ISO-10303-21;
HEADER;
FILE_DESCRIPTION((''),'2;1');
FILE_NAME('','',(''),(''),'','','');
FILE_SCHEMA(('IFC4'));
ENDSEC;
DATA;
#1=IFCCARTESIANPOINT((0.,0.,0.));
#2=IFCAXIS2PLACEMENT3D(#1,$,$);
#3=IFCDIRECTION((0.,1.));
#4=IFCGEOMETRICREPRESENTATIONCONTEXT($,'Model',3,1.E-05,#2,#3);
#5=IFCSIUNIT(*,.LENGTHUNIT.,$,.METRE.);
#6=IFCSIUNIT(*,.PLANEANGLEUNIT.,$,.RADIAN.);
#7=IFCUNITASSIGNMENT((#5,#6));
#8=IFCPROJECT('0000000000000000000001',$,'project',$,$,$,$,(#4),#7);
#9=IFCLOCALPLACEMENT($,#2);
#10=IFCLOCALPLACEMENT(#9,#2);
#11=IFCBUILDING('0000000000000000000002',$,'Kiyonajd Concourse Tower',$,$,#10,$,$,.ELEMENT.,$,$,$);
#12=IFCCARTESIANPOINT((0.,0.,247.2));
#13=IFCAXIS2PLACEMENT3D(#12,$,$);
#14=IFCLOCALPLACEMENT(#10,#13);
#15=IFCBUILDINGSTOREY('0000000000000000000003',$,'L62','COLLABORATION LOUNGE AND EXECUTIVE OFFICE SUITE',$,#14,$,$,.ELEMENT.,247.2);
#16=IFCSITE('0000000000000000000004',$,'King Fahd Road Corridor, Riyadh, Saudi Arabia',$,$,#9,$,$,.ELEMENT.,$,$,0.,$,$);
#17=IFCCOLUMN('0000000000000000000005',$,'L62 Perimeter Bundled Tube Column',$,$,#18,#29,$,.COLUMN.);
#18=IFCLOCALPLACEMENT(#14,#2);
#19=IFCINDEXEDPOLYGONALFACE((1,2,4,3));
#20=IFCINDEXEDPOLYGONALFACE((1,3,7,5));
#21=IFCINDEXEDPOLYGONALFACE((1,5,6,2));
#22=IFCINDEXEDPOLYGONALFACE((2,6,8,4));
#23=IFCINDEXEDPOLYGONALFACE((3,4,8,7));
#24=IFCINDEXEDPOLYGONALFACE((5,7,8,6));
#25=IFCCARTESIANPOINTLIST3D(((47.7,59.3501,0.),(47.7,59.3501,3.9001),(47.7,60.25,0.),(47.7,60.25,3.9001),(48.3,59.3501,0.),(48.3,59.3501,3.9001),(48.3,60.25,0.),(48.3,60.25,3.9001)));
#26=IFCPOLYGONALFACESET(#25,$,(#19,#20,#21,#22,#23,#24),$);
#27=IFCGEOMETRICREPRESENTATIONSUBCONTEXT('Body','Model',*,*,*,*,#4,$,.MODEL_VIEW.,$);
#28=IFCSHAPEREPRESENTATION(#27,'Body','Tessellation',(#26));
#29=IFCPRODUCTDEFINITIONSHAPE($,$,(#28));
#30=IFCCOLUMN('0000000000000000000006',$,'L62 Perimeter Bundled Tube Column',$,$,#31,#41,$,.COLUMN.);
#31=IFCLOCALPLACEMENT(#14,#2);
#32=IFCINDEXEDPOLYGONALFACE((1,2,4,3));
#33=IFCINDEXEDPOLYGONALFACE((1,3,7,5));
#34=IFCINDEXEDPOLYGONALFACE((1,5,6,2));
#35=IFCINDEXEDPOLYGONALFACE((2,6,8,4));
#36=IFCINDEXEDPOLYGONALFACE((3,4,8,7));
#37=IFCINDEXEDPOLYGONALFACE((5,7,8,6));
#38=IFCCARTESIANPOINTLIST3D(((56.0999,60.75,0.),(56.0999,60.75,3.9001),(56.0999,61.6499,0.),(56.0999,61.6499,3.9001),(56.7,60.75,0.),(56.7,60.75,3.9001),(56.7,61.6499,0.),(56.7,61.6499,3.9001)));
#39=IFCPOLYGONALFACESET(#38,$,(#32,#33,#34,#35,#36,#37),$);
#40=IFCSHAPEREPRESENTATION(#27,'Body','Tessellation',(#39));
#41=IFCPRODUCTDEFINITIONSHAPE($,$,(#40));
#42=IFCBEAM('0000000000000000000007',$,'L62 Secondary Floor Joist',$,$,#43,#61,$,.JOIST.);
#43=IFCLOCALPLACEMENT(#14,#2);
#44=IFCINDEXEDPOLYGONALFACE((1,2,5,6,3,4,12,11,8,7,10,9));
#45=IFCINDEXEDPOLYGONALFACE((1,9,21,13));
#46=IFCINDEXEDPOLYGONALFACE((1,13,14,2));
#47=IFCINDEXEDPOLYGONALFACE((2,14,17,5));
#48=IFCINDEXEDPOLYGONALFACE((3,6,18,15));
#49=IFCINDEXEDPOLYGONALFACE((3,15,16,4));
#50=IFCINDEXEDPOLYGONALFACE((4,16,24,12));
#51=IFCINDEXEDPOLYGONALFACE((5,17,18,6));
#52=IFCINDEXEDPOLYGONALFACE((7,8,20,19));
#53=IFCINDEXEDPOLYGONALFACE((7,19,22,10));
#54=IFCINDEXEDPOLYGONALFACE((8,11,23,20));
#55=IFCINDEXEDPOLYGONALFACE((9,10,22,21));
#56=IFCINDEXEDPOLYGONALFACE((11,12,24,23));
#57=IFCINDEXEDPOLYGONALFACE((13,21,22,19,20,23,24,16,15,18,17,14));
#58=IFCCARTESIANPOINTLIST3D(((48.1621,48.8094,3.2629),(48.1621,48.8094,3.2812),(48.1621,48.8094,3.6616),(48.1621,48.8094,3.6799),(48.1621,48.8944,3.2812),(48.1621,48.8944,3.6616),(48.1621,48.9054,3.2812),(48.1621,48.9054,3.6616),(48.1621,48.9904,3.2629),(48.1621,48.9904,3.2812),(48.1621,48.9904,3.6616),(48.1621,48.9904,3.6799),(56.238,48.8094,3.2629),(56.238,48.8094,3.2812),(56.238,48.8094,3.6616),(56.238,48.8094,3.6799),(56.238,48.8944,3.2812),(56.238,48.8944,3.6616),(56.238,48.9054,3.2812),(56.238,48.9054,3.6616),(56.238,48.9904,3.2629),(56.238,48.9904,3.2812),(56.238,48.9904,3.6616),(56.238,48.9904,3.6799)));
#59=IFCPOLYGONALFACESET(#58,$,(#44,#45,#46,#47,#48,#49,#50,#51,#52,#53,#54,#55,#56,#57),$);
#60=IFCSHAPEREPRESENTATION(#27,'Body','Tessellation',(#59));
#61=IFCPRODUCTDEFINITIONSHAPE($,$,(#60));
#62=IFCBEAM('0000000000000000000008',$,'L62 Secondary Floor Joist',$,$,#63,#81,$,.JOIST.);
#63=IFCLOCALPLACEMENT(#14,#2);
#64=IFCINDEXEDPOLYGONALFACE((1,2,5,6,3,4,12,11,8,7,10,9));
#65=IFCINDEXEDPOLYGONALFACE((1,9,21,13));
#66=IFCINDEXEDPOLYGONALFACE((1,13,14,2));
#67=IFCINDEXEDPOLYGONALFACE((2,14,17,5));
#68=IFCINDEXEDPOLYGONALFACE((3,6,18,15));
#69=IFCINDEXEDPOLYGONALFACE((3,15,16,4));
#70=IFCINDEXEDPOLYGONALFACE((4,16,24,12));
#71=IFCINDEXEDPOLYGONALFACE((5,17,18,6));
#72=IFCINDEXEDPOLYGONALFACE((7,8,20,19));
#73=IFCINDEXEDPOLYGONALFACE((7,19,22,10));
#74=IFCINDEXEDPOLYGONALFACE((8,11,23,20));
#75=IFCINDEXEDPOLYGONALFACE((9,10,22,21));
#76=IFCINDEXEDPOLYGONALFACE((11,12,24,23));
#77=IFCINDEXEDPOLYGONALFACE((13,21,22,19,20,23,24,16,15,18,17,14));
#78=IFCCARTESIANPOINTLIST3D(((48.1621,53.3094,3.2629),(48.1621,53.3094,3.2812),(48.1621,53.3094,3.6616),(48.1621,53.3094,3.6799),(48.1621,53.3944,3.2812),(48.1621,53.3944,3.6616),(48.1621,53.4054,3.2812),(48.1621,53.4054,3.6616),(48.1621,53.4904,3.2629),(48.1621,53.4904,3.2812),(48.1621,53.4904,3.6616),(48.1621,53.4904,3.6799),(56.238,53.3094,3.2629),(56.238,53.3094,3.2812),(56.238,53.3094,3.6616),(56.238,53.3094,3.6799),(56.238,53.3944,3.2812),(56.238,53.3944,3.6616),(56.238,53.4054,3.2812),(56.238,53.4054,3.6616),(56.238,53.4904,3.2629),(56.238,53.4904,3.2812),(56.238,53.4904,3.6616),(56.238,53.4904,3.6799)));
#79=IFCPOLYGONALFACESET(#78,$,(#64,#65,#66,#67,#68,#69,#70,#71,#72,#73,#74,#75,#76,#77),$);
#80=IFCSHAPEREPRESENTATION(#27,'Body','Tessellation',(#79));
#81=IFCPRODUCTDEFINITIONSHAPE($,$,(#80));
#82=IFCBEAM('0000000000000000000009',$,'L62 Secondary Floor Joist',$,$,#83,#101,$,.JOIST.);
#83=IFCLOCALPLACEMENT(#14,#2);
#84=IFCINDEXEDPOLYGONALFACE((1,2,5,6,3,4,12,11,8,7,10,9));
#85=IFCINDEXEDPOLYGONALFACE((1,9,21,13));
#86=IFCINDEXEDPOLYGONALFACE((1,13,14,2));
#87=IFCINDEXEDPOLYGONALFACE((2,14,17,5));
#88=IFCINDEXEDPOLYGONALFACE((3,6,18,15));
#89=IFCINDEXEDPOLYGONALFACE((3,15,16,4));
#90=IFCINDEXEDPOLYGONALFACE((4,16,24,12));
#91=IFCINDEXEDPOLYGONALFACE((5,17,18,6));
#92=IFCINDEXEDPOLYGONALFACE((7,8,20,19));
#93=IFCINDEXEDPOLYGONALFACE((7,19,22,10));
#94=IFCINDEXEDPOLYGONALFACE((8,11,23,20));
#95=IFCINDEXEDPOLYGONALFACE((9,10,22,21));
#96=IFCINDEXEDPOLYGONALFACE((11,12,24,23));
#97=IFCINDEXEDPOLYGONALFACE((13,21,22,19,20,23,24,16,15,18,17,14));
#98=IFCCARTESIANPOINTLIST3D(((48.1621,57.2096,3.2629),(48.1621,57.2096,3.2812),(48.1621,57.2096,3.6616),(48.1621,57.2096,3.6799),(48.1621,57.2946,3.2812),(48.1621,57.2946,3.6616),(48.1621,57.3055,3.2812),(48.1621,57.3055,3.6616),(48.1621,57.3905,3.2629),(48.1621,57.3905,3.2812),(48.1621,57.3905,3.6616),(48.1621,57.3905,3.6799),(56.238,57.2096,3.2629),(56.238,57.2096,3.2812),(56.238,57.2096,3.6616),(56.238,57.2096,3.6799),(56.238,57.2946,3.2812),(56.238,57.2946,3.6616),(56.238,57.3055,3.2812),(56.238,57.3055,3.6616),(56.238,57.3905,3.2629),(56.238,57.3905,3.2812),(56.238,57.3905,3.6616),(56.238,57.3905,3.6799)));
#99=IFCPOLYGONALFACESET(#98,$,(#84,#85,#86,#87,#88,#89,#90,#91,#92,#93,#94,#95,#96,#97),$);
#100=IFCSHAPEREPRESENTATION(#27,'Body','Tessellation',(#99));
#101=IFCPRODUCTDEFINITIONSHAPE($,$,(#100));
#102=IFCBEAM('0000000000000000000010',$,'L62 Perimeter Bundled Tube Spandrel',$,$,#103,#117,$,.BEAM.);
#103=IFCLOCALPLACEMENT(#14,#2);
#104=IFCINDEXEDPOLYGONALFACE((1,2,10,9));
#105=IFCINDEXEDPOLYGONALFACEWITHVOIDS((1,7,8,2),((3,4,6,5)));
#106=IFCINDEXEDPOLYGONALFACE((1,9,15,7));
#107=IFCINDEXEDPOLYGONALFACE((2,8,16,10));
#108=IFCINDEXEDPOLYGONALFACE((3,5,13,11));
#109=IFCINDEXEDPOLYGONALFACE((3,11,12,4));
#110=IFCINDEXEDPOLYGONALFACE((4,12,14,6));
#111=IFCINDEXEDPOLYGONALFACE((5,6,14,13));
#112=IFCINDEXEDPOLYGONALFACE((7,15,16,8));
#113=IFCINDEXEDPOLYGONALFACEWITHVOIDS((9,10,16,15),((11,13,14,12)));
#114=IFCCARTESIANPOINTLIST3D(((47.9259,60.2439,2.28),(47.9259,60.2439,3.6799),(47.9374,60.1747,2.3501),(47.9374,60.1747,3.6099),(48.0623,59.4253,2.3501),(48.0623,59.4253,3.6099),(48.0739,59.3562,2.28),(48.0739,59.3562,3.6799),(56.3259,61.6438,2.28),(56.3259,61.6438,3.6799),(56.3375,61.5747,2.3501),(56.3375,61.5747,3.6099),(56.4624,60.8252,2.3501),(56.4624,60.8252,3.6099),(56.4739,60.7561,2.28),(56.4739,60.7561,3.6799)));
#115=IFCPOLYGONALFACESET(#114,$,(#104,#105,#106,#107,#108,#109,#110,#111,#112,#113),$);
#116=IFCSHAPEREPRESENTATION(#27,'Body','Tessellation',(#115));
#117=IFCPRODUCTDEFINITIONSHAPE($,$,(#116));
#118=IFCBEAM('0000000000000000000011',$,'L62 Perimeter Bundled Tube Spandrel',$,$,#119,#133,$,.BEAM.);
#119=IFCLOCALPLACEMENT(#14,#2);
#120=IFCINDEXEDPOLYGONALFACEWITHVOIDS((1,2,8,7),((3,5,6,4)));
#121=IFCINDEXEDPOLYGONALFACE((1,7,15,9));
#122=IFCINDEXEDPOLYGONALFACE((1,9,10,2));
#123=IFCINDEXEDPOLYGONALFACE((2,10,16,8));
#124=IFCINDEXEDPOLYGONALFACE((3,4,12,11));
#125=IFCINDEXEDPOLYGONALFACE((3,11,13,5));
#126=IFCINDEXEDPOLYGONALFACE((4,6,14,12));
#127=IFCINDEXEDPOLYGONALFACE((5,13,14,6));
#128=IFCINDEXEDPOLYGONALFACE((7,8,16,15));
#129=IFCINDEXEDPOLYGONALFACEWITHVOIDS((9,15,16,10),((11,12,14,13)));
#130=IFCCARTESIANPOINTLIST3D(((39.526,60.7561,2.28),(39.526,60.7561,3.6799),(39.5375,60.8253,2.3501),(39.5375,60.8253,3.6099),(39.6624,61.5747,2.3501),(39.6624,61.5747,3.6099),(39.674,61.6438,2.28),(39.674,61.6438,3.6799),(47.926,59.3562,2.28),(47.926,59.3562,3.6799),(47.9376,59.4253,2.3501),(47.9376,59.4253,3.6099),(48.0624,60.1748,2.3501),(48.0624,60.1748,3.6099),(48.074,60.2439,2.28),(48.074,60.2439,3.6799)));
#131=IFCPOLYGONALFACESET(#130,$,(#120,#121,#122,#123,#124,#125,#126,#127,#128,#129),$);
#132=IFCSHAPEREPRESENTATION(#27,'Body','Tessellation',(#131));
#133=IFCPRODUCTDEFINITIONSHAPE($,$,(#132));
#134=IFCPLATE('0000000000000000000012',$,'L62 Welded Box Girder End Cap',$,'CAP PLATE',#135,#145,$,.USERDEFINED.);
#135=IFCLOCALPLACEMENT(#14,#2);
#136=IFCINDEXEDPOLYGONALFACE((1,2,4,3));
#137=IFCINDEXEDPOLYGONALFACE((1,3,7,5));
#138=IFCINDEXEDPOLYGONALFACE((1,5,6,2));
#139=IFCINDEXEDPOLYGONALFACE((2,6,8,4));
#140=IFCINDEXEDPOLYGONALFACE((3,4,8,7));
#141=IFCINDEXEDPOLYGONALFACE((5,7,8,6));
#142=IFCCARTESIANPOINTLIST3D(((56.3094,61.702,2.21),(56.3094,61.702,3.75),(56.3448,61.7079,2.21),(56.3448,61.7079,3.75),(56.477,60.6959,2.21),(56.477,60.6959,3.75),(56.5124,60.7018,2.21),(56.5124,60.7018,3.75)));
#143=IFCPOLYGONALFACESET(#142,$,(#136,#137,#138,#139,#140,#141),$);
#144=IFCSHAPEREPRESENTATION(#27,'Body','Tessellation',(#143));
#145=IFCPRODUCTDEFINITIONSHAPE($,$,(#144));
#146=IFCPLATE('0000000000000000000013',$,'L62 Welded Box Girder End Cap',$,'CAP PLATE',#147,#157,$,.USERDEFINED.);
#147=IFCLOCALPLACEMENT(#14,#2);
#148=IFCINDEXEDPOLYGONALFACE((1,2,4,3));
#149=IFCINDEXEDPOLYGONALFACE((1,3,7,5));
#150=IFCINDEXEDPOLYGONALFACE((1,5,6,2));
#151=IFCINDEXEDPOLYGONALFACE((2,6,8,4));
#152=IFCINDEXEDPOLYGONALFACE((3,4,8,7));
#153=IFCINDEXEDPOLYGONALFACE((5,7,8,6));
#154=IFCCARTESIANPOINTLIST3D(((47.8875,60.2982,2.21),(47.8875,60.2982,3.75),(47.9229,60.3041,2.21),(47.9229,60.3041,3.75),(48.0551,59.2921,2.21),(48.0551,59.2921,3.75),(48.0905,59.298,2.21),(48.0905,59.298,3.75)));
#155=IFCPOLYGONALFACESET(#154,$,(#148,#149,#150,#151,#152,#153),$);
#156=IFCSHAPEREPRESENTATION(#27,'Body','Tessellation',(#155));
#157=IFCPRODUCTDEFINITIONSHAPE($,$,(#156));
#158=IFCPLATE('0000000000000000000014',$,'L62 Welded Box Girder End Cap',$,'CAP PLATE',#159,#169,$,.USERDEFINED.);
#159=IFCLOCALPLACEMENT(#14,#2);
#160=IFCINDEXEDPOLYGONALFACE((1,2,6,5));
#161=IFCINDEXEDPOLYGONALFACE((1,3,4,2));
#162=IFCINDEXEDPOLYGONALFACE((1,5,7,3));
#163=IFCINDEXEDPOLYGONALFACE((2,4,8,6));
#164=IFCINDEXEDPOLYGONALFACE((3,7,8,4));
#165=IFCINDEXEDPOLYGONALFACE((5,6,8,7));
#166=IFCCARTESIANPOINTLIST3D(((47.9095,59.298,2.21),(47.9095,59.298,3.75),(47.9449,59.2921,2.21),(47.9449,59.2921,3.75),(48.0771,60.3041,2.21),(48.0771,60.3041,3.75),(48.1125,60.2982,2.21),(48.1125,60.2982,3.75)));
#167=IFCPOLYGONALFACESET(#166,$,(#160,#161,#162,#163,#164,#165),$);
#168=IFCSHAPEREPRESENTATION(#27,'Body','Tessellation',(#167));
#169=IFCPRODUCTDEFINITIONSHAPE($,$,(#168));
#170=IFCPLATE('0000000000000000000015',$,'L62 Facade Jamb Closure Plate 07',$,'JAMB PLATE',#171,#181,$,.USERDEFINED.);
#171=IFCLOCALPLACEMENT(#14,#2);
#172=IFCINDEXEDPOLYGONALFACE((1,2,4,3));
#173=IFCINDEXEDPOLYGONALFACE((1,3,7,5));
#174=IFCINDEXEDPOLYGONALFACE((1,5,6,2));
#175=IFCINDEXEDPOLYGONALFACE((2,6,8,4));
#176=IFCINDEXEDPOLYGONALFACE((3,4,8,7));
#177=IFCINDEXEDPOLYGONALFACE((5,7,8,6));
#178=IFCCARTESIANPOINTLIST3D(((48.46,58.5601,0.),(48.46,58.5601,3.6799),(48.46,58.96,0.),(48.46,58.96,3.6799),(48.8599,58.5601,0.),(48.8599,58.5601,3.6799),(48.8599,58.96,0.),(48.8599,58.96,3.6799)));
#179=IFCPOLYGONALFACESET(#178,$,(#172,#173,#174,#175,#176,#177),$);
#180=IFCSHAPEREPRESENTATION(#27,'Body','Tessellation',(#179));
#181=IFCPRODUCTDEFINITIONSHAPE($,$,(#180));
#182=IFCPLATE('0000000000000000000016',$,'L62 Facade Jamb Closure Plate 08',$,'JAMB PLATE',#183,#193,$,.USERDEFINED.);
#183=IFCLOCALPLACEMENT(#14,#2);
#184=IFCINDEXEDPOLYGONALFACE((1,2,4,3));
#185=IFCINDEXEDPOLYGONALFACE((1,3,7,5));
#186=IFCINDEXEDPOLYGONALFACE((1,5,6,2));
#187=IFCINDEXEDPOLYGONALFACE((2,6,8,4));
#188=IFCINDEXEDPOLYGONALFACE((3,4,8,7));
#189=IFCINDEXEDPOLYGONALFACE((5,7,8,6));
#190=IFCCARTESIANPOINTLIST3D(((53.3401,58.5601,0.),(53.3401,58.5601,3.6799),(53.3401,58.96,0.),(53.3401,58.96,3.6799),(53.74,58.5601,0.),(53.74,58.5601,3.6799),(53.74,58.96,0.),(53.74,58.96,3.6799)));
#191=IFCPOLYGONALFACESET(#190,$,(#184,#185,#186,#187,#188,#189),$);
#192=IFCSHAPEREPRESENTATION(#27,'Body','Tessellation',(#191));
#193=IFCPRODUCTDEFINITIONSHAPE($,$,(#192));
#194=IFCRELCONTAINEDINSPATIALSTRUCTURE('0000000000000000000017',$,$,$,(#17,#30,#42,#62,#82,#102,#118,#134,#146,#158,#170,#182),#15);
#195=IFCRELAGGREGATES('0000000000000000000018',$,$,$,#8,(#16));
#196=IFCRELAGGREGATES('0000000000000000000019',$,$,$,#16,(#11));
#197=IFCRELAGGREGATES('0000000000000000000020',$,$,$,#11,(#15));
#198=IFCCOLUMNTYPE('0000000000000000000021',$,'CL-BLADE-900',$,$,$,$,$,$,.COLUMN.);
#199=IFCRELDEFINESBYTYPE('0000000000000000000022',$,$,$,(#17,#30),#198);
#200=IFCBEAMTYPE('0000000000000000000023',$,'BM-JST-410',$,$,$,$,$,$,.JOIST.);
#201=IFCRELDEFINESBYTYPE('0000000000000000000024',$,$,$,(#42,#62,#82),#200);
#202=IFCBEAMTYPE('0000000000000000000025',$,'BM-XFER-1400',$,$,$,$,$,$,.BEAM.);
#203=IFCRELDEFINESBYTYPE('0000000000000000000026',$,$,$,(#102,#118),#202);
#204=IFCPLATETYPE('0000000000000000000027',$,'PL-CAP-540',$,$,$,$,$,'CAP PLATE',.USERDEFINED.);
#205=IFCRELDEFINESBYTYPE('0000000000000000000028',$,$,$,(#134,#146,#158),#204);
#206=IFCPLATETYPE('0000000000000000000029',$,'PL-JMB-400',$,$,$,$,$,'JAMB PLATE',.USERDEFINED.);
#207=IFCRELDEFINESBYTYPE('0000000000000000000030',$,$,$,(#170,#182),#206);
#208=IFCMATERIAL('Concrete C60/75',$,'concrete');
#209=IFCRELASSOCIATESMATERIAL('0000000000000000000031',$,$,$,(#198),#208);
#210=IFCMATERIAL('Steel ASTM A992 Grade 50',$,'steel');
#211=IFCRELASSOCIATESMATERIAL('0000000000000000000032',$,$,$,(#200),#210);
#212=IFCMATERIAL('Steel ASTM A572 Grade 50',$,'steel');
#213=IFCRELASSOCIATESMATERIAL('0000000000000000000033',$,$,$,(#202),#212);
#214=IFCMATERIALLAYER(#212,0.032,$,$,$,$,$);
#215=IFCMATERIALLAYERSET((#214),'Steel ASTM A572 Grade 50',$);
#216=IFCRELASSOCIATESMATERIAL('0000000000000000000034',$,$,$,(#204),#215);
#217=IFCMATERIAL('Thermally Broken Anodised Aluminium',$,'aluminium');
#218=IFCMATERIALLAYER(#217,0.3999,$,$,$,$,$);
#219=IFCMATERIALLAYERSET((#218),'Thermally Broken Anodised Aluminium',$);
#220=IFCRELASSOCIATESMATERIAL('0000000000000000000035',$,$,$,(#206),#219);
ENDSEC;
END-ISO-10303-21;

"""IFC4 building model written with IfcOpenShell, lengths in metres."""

from ifc_helpers import new_model, si_unit, direction, frame, origin, origin_2d, place, context, subcontext, project, spatial, rectangle, hollow_rectangle, i_section, extrude, material, layer, layer_set, material_profile, profile_set, type_object, element, save


model = new_model("IFC4")

# Units and contexts
model_context = context("Model", 3, precision=1e-05, world=origin(), true_north=direction((0.0, 1.0)))
body_context = subcontext(model_context, "Body", "Model", "MODEL_VIEW")
ifc_project = project(units=[si_unit("LENGTHUNIT", "METRE"), si_unit("PLANEANGLEUNIT", "RADIAN")], contexts=[model_context])

# Site, building, storey
site_placement = place(None, origin())
site = spatial("IfcSite", under=ifc_project, at=site_placement, Name="King Fahd Road Corridor, Riyadh, Saudi Arabia", CompositionType="ELEMENT", RefElevation=0.0)
building_placement = place(site_placement, origin())
building = spatial("IfcBuilding", under=site, at=building_placement, Name="Kiyonajd Concourse Tower", CompositionType="ELEMENT")
storey_placement = place(building_placement, frame((0.0, 0.0, 247.2)))
storey = spatial("IfcBuildingStorey", under=building, at=storey_placement, Name="L62", Description="COLLABORATION LOUNGE AND EXECUTIVE OFFICE SUITE", CompositionType="ELEMENT", Elevation=247.2)

# Columns
ifc_material_1 = material(Name="Concrete C60/75", Category="concrete")
ifc_material_profile_1 = material_profile(ifc_material_1, rectangle(XDim=0.6001, YDim=0.8999, at=origin_2d()), Name="RC-900x600")
ifc_profile_set_1 = profile_set([ifc_material_profile_1], Name="Concrete C60/75")
column_type = type_object("IfcColumnType", Name="CL-BLADE-900", PredefinedType="COLUMN", material=ifc_profile_set_1)
for number, where, z_axis, x_axis, name in (
    (1, (48.0, 59.8, 0.0), (0.0, 0.0, 1.0), (1.0, 0.0, 0.0), "L62 Perimeter Bundled Tube Column"),
    (2, (56.3999, 61.2, 0.0), (0.0, 0.0, 1.0), (1.0, 0.0, 0.0), "L62 Perimeter Bundled Tube Column"),
):
    element("IfcColumn", number, at=place(storey_placement, frame(where, z_axis=z_axis, x_axis=x_axis)), inside=storey, type_object=column_type, Name=name, PredefinedType="COLUMN", context=body_context, shape_type="SweptSolid", body=[
        extrude(rectangle(XDim=0.6001, YDim=0.8999, at=origin_2d()), origin(), (0.0, 0.0, 1.0), 3.9001),
    ])

# Beams
ifc_material_2 = material(Name="Steel ASTM A992 Grade 50", Category="steel")
ifc_material_profile_2 = material_profile(ifc_material_2, i_section(OverallWidth=0.1809, OverallDepth=0.417, WebThickness=0.011, FlangeThickness=0.0183, at=origin_2d()), Name="W410X85")
ifc_profile_set_2 = profile_set([ifc_material_profile_2], Name="Steel ASTM A992 Grade 50")
beam_type_1 = type_object("IfcBeamType", Name="BM-JST-410", PredefinedType="JOIST", material=ifc_profile_set_2)
for number, where, z_axis, x_axis, name in (
    (3, (48.1621, 48.8999, 3.4714), (1.0, 0.0, 0.0), (0.0, 1.0, 0.0), "L62 Secondary Floor Joist"),
    (4, (48.1621, 53.3999, 3.4714), (1.0, 0.0, 0.0), (0.0, 1.0, 0.0), "L62 Secondary Floor Joist"),
    (5, (48.1621, 57.3, 3.4714), (1.0, 0.0, 0.0), (0.0, 1.0, 0.0), "L62 Secondary Floor Joist"),
):
    element("IfcBeam", number, at=place(storey_placement, frame(where, z_axis=z_axis, x_axis=x_axis)), inside=storey, type_object=beam_type_1, Name=name, PredefinedType="JOIST", context=body_context, shape_type="SweptSolid", body=[
        extrude(i_section(OverallWidth=0.1809, OverallDepth=0.417, WebThickness=0.011, FlangeThickness=0.0183, at=origin_2d()), origin(), (0.0, 0.0, 1.0), 8.0759),
    ])
ifc_material_3 = material(Name="Steel ASTM A572 Grade 50", Category="steel")
ifc_material_profile_3 = material_profile(ifc_material_3, hollow_rectangle(XDim=0.8999, YDim=1.3999, WallThickness=0.0701, at=origin_2d()), Name="BOX-1400x900x70")
ifc_profile_set_3 = profile_set([ifc_material_profile_3], Name="Steel ASTM A572 Grade 50")
beam_type_2 = type_object("IfcBeamType", Name="BM-XFER-1400", PredefinedType="BEAM", material=ifc_profile_set_3)
for number, where, z_axis, x_axis, name in (
    (6, (56.3999, 61.2, 2.98), (-0.986395, -0.16439, 0.0), (0.16439, -0.986395, 0.0), "L62 Perimeter Bundled Tube Spandrel"),
    (7, (48.0, 59.8, 2.98), (-0.986395, 0.16439, 0.0), (-0.16439, -0.986395, 0.0), "L62 Perimeter Bundled Tube Spandrel"),
):
    element("IfcBeam", number, at=place(storey_placement, frame(where, z_axis=z_axis, x_axis=x_axis)), inside=storey, type_object=beam_type_2, Name=name, PredefinedType="BEAM", context=body_context, shape_type="SweptSolid", body=[
        extrude(hollow_rectangle(XDim=0.8999, YDim=1.3999, WallThickness=0.0701, at=origin_2d()), origin(), (0.0, 0.0, 1.0), 8.5159),
    ])

# Plates
ifc_layer_1 = layer(ifc_material_3, 0.032)
ifc_layer_set_1 = layer_set([ifc_layer_1], Name="Steel ASTM A572 Grade 50")
plate_type_1 = type_object("IfcPlateType", Name="PL-CAP-540", ElementType="CAP PLATE", PredefinedType="USERDEFINED", material=ifc_layer_set_1)
for number, where, z_axis, x_axis, name in (
    (8, (56.4109, 61.2019, 2.21), (0.0, 0.0, 1.0), (0.986401, 0.164359, 0.0), "L62 Welded Box Girder End Cap"),
    (9, (47.989, 59.7981, 2.21), (0.0, 0.0, 1.0), (-0.986401, -0.164359, 0.0), "L62 Welded Box Girder End Cap"),
    (10, (48.011, 59.7981, 2.21), (0.0, 0.0, 1.0), (0.986401, -0.164359, 0.0), "L62 Welded Box Girder End Cap"),
):
    element("IfcPlate", number, at=place(storey_placement, frame(where, z_axis=z_axis, x_axis=x_axis)), inside=storey, type_object=plate_type_1, Name=name, ObjectType="CAP PLATE", PredefinedType="USERDEFINED", context=body_context, shape_type="SweptSolid", body=[
        extrude(rectangle(XDim=0.0359, YDim=1.02, at=origin_2d()), origin(), (0.0, 0.0, 1.0), 1.54),
    ])
ifc_material_4 = material(Name="Thermally Broken Anodised Aluminium", Category="aluminium")
ifc_layer_2 = layer(ifc_material_4, 0.3999)
ifc_layer_set_2 = layer_set([ifc_layer_2], Name="Thermally Broken Anodised Aluminium")
plate_type_2 = type_object("IfcPlateType", Name="PL-JMB-400", ElementType="JAMB PLATE", PredefinedType="USERDEFINED", material=ifc_layer_set_2)
for number, where, z_axis, x_axis, name in (
    (11, (48.6599, 58.76, 0.0), (0.0, 0.0, 1.0), (1.0, 0.0, 0.0), "L62 Facade Jamb Closure Plate 07"),
    (12, (53.54, 58.76, 0.0), (0.0, 0.0, 1.0), (1.0, 0.0, 0.0), "L62 Facade Jamb Closure Plate 08"),
):
    element("IfcPlate", number, at=place(storey_placement, frame(where, z_axis=z_axis, x_axis=x_axis)), inside=storey, type_object=plate_type_2, Name=name, ObjectType="JAMB PLATE", PredefinedType="USERDEFINED", context=body_context, shape_type="SweptSolid", body=[
        extrude(rectangle(XDim=0.3999, YDim=0.3999, at=origin_2d()), origin(), (0.0, 0.0, 1.0), 3.6799),
    ])

save(model, "model.ifc")
